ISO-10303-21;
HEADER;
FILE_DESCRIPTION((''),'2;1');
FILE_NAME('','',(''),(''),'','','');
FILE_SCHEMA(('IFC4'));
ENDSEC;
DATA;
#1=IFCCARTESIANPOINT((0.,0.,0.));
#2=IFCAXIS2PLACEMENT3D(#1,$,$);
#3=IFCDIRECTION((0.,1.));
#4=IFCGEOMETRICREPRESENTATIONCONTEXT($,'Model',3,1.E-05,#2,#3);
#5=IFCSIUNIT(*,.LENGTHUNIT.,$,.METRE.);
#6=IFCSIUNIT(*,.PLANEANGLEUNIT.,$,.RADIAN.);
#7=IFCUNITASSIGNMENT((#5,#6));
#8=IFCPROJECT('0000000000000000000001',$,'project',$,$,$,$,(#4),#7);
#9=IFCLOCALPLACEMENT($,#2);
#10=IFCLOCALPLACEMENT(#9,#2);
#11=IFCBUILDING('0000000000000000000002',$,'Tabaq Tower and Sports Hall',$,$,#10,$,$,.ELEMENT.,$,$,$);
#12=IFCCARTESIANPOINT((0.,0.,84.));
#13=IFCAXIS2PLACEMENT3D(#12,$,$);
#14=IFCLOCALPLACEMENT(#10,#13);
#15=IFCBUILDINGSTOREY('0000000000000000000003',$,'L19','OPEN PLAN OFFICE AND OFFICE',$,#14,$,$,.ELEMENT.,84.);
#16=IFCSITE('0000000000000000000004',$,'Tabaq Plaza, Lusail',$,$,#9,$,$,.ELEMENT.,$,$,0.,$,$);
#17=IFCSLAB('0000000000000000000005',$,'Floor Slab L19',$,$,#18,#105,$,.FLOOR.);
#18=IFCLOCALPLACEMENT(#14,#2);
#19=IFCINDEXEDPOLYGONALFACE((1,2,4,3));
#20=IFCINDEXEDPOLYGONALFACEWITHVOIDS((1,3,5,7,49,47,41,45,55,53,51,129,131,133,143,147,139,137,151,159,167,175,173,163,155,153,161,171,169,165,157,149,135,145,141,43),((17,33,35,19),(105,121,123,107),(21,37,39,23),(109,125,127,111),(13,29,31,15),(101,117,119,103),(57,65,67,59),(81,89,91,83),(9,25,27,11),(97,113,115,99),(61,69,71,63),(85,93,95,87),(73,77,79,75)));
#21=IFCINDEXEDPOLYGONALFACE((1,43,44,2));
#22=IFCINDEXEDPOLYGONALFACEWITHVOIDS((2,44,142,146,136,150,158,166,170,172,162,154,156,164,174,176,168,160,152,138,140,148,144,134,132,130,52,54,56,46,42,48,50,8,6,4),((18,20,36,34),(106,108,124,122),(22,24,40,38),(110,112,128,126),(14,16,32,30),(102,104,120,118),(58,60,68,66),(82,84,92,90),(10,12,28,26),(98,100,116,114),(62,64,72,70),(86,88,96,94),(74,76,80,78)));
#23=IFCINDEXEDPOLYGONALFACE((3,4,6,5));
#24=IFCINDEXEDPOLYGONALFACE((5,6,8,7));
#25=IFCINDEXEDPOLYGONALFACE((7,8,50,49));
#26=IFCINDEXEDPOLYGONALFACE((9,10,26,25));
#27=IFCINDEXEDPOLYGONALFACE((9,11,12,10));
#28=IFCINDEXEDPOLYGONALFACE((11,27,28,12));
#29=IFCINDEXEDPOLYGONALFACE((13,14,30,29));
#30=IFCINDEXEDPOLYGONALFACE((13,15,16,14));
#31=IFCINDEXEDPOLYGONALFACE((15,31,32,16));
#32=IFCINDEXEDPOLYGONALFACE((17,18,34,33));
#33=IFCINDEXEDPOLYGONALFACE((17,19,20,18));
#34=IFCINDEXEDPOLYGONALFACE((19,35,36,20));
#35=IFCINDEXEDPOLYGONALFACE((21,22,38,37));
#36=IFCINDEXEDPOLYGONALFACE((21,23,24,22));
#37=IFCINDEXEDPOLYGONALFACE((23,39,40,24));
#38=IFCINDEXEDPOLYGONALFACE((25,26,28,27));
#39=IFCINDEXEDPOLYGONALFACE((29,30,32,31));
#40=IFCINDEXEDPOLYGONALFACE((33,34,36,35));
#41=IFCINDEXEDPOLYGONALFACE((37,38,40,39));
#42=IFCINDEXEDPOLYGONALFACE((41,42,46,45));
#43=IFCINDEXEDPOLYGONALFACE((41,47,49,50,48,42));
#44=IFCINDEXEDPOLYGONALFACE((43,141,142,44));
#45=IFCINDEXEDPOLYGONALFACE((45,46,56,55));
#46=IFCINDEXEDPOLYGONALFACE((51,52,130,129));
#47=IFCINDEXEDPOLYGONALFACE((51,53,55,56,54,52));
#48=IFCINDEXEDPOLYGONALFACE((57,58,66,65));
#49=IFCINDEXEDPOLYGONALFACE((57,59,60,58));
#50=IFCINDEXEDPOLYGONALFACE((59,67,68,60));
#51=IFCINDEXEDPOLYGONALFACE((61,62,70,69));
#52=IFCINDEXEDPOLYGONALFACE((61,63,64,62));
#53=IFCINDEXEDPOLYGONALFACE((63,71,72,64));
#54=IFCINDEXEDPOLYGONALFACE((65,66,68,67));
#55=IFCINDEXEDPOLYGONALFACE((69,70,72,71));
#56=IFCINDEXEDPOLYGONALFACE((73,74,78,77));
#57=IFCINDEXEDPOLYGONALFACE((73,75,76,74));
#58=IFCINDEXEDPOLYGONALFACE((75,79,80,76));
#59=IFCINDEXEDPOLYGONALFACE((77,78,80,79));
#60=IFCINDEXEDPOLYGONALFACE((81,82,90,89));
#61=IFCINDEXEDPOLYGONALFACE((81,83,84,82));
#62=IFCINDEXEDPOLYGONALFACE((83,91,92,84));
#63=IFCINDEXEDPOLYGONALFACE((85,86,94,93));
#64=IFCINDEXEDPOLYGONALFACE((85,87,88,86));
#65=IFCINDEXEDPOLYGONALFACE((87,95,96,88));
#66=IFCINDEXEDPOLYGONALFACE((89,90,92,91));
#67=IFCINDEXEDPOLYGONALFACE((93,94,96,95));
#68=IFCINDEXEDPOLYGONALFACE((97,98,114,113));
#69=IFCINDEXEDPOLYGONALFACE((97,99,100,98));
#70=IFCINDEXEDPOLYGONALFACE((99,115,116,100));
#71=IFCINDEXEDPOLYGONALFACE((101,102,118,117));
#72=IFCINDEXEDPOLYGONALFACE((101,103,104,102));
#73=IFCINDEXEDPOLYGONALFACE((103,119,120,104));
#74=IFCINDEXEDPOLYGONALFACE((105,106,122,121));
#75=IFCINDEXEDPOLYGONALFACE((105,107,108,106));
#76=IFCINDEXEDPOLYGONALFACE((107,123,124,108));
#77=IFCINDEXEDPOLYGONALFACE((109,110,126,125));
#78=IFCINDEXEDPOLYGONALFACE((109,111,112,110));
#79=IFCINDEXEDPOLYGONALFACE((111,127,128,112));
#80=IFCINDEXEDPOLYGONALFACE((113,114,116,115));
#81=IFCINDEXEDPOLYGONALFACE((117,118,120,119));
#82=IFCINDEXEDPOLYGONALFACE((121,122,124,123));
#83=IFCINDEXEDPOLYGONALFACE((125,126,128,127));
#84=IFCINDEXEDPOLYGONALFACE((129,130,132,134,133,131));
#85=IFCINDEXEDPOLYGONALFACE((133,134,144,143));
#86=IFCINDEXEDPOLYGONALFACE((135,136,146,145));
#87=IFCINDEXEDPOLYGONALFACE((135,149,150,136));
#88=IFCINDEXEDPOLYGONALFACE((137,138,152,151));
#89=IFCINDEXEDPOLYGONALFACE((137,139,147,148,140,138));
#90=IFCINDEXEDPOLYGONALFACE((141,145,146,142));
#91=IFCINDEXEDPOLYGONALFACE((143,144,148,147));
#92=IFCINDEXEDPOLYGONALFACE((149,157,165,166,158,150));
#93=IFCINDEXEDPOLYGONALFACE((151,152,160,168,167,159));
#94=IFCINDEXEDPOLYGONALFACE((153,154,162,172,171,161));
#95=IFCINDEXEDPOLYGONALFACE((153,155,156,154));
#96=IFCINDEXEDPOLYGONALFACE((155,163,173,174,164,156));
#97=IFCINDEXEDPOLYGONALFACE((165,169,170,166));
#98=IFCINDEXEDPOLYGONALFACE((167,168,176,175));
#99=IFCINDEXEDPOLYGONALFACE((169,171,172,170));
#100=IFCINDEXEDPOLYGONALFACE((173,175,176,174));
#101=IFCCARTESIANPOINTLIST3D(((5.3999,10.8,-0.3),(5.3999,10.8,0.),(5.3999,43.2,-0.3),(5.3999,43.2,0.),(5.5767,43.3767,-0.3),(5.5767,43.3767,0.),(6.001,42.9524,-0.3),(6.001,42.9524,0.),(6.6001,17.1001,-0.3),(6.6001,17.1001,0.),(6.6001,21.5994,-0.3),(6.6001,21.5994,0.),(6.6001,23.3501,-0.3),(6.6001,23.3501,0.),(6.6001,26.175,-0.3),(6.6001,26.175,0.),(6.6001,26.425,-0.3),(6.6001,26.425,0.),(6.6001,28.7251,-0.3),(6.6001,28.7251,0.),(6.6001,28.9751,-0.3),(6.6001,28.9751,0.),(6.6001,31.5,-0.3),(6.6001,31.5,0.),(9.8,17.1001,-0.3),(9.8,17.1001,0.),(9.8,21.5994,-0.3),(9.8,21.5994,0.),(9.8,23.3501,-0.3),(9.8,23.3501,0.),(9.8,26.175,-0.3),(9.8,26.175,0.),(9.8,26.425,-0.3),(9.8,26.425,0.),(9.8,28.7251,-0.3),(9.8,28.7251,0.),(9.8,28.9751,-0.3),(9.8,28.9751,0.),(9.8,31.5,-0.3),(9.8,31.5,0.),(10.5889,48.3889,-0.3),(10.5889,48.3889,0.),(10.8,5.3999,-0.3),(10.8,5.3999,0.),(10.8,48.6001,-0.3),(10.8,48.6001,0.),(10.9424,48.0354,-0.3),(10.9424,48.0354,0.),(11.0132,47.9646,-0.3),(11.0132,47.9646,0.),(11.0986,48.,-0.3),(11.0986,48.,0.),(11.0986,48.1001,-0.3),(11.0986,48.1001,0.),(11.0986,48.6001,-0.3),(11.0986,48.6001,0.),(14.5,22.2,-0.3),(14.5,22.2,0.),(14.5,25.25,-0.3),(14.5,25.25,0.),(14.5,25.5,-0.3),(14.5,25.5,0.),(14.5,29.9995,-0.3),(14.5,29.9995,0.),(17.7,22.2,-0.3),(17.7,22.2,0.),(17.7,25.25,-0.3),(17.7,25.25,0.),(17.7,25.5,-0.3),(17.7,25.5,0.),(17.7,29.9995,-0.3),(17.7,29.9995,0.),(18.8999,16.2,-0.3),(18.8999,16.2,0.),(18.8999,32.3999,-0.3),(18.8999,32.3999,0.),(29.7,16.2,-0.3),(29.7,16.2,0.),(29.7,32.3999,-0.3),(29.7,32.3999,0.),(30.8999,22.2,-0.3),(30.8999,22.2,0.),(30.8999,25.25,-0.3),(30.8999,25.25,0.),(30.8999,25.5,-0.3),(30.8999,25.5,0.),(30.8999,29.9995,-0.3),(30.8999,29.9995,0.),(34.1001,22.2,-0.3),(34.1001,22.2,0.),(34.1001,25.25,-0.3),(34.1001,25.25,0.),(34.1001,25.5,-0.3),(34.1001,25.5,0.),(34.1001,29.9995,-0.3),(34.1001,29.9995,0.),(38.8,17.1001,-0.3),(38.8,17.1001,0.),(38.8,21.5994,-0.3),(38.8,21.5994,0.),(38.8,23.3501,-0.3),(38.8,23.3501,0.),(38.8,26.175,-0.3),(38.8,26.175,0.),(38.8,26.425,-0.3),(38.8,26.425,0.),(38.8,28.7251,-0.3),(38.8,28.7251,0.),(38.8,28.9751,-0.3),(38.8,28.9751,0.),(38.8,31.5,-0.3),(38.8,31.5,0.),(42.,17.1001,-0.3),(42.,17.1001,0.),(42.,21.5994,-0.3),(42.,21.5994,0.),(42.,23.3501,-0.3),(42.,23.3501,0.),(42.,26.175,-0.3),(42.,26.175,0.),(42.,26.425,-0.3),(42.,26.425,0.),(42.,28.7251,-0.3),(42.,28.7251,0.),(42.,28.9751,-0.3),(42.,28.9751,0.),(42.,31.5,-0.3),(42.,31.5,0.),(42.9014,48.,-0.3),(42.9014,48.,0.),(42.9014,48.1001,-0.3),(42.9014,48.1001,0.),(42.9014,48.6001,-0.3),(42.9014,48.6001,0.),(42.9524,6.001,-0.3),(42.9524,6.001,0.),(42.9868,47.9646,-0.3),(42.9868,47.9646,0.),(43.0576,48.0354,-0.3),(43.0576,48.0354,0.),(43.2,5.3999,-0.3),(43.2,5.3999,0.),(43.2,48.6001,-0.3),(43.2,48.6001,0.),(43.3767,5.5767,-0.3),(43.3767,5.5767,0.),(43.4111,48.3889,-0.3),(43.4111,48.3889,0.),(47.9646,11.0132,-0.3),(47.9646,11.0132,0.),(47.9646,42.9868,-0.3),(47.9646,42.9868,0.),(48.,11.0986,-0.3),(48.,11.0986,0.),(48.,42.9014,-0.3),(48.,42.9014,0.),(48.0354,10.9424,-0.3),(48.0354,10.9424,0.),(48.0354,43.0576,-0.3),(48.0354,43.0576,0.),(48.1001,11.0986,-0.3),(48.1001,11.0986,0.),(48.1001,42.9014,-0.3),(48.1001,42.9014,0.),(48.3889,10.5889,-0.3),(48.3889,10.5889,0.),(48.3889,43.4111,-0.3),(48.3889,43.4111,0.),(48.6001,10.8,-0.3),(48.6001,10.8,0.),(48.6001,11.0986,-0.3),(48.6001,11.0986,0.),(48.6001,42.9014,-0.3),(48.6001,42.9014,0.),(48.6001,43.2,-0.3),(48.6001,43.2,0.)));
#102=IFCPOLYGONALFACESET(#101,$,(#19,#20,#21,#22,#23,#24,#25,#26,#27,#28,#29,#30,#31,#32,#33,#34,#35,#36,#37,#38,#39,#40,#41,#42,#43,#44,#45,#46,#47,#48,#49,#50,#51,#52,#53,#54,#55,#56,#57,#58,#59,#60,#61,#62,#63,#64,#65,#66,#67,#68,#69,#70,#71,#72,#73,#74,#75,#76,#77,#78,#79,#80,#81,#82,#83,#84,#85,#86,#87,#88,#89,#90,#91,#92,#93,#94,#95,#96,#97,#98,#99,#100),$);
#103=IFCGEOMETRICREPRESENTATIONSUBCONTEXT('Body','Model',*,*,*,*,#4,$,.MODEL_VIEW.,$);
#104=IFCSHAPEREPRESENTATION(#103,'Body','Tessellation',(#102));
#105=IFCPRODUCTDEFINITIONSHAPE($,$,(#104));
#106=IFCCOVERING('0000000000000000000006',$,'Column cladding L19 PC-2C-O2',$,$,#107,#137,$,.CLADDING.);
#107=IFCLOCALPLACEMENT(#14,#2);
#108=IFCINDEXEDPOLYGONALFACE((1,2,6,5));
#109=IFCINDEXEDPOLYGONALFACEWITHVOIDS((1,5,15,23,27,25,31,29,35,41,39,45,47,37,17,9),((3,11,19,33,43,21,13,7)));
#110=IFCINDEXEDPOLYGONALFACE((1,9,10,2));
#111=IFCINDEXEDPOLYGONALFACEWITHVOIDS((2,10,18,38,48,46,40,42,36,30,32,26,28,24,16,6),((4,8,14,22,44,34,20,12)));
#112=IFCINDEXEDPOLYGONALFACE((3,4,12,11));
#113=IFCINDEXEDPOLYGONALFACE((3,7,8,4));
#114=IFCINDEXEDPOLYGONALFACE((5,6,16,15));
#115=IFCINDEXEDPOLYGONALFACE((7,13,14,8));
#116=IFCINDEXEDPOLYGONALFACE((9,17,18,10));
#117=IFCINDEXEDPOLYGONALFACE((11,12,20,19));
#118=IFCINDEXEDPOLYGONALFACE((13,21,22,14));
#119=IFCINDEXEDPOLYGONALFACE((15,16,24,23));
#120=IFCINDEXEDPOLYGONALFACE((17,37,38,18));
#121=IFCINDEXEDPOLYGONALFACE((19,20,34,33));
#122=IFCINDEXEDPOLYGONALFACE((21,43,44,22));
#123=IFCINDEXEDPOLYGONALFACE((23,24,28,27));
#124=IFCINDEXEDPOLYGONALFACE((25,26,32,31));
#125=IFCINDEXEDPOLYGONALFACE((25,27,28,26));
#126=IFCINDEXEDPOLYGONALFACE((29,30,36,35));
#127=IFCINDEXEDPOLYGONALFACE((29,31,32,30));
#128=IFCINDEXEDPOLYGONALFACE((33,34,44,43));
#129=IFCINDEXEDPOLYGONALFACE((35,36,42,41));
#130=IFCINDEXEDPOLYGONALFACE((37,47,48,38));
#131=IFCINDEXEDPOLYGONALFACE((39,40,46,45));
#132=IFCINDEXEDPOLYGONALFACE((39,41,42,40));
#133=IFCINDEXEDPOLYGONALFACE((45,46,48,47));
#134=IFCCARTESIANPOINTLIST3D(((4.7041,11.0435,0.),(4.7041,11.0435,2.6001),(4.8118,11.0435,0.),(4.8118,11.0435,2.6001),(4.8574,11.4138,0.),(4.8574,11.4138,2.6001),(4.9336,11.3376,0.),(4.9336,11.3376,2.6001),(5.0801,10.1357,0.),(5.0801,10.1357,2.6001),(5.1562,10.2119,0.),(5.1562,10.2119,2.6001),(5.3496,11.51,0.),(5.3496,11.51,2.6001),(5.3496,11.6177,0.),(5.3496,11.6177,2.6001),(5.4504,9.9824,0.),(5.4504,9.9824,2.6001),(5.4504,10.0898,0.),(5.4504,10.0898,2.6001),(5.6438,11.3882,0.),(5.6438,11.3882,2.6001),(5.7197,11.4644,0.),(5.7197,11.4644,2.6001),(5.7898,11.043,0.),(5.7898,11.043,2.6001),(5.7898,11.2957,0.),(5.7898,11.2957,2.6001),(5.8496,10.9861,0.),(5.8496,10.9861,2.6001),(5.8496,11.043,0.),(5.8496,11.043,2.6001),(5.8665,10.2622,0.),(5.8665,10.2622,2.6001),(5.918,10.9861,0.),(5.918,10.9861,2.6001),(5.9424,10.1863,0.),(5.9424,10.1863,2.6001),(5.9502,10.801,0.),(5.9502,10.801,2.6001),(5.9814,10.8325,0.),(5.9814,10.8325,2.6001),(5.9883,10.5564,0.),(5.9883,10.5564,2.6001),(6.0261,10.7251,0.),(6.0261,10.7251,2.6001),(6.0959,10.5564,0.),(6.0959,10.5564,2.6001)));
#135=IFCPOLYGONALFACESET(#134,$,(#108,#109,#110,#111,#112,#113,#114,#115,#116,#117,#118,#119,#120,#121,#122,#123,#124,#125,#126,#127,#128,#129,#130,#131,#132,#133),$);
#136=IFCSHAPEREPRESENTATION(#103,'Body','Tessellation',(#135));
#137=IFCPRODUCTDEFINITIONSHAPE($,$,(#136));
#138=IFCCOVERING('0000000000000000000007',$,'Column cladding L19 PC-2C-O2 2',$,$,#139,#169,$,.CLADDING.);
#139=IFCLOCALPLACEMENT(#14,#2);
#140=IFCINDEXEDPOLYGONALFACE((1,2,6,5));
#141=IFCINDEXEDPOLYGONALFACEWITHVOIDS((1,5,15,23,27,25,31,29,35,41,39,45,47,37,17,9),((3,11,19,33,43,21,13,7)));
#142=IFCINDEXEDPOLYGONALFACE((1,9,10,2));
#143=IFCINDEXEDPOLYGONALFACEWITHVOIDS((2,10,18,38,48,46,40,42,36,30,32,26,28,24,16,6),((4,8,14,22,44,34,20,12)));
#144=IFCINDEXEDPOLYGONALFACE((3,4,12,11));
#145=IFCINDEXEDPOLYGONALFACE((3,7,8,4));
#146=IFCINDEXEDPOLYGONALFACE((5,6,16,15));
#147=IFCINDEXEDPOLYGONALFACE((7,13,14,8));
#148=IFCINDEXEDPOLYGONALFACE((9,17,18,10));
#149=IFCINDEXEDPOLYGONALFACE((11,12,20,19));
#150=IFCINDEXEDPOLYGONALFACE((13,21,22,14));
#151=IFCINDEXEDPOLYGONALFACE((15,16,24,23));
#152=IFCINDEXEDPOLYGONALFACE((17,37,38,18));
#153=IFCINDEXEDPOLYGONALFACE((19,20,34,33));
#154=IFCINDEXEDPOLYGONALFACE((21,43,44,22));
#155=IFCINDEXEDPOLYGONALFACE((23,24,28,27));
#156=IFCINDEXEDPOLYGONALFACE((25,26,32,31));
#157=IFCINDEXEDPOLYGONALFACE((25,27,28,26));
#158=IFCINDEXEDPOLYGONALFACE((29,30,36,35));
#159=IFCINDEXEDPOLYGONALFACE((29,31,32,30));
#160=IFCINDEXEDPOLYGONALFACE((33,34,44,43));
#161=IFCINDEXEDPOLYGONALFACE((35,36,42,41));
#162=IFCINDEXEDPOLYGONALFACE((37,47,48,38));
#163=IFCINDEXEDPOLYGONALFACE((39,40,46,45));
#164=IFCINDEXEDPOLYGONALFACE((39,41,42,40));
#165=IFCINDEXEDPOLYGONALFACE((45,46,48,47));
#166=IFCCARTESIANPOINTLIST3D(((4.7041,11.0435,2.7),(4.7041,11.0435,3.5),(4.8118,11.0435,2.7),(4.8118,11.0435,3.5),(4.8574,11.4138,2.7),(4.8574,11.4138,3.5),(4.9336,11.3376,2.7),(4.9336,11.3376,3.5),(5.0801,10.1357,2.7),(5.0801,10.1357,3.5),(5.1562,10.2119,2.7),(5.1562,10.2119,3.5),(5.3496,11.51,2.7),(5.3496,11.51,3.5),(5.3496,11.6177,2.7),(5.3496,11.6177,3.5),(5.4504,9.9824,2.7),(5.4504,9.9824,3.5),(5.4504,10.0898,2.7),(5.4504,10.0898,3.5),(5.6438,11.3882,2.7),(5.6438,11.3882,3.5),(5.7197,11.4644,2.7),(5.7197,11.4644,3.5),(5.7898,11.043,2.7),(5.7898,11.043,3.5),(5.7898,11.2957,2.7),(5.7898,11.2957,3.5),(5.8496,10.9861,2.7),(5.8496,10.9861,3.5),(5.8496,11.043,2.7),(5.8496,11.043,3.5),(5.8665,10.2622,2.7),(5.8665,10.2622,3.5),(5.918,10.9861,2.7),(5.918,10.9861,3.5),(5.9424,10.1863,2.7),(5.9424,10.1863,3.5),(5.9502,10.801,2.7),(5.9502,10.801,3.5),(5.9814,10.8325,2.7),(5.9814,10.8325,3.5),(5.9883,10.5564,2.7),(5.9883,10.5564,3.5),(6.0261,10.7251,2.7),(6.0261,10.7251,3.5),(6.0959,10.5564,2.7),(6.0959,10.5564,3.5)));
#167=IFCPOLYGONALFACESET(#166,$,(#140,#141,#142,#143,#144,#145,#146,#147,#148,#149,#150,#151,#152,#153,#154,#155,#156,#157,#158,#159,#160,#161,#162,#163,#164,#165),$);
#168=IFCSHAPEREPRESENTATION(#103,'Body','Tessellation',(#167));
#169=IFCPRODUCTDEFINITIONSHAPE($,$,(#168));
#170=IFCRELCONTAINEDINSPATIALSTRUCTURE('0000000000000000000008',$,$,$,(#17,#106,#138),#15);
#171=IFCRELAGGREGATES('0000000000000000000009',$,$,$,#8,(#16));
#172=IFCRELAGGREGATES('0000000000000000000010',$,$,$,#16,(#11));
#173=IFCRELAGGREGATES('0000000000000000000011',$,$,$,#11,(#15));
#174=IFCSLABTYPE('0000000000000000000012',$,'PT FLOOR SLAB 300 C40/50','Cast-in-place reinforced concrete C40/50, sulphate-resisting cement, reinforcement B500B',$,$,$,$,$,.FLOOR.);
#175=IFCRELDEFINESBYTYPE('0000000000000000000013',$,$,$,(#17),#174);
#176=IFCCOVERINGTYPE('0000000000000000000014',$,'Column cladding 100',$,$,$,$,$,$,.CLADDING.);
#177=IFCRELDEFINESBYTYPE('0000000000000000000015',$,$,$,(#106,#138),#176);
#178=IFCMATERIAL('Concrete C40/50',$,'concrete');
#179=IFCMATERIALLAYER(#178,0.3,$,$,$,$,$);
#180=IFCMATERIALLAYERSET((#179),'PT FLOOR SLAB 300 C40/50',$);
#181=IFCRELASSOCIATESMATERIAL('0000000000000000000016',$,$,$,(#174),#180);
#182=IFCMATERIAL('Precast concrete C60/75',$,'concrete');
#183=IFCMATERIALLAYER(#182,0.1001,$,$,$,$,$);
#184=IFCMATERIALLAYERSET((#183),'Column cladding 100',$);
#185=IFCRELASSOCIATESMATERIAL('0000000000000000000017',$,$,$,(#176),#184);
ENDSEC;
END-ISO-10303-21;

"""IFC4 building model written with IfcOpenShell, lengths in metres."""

from ifc_helpers import new_model, si_unit, direction, frame, origin, place, context, subcontext, project, spatial, polyline, outline, extrude, material, layer, layer_set, type_object, element, save


model = new_model("IFC4")

# Units and contexts
model_context = context("Model", 3, precision=1e-05, world=origin(), true_north=direction((0.0, 1.0)))
body_context = subcontext(model_context, "Body", "Model", "MODEL_VIEW")
ifc_project = project(units=[si_unit("LENGTHUNIT", "METRE"), si_unit("PLANEANGLEUNIT", "RADIAN")], contexts=[model_context])

# Site, building, storey
site_placement = place(None, origin())
site = spatial("IfcSite", under=ifc_project, at=site_placement, Name="Tabaq Plaza, Lusail", CompositionType="ELEMENT", RefElevation=0.0)
building_placement = place(site_placement, origin())
building = spatial("IfcBuilding", under=site, at=building_placement, Name="Tabaq Tower and Sports Hall", CompositionType="ELEMENT")
storey_placement = place(building_placement, frame((0.0, 0.0, 84.0)))
storey = spatial("IfcBuildingStorey", under=building, at=storey_placement, Name="L19", Description="OPEN PLAN OFFICE AND OFFICE", CompositionType="ELEMENT", Elevation=84.0)

# Slab
ifc_material_1 = material(Name="Concrete C40/50", Category="concrete")
ifc_layer_1 = layer(ifc_material_1, 0.3)
ifc_layer_set_1 = layer_set([ifc_layer_1], Name="PT FLOOR SLAB 300 C40/50")
slab_type = type_object("IfcSlabType", Name="PT FLOOR SLAB 300 C40/50", Description="Cast-in-place reinforced concrete C40/50, sulphate-resisting cement, reinforcement B500B", PredefinedType="FLOOR", material=ifc_layer_set_1)
slab_placement = place(storey_placement, frame((0.0, 0.0, -0.3)))
element("IfcSlab", 1, at=slab_placement, inside=storey, type_object=slab_type, Name="Floor Slab L19", PredefinedType="FLOOR", context=body_context, shape_type="SweptSolid", body=[
    extrude(outline(polyline([(5.3999, 43.2), (5.3999, 10.8), (10.8, 5.3999), (43.2, 5.3999), (43.3767, 5.5767), (42.9524, 6.001), (47.9646, 11.0132), (48.0354, 10.9424), (48.3889, 10.5889), (48.6001, 10.8), (48.6001, 11.0986), (48.1001, 11.0986), (48.0, 11.0986), (48.0, 42.9014), (48.1001, 42.9014), (48.6001, 42.9014), (48.6001, 43.2), (48.3889, 43.4111), (48.0354, 43.0576), (47.9646, 42.9868), (42.9868, 47.9646), (43.0576, 48.0354), (43.4111, 48.3889), (43.2, 48.6001), (42.9014, 48.6001), (42.9014, 48.1001), (42.9014, 48.0), (11.0986, 48.0), (11.0986, 48.1001), (11.0986, 48.6001), (10.8, 48.6001), (10.5889, 48.3889), (10.9424, 48.0354), (11.0132, 47.9646), (6.001, 42.9524), (5.5767, 43.3767), (5.3999, 43.2)]), holes=[polyline([(6.6001, 21.5994), (9.8, 21.5994), (9.8, 17.1001), (6.6001, 17.1001), (6.6001, 21.5994)]), polyline([(17.7, 25.25), (17.7, 22.2), (14.5, 22.2), (14.5, 25.25), (17.7, 25.25)]), polyline([(18.8999, 32.3999), (29.7, 32.3999), (29.7, 16.2), (18.8999, 16.2), (18.8999, 32.3999)]), polyline([(6.6001, 26.175), (9.8, 26.175), (9.8, 23.3501), (6.6001, 23.3501), (6.6001, 26.175)]), polyline([(9.8, 28.7251), (9.8, 26.425), (6.6001, 26.425), (6.6001, 28.7251), (9.8, 28.7251)]), polyline([(17.7, 29.9995), (17.7, 25.5), (14.5, 25.5), (14.5, 29.9995), (17.7, 29.9995)]), polyline([(6.6001, 31.5), (9.8, 31.5), (9.8, 28.9751), (6.6001, 28.9751), (6.6001, 31.5)]), polyline([(42.0, 21.5994), (42.0, 17.1001), (38.8, 17.1001), (38.8, 21.5994), (42.0, 21.5994)]), polyline([(34.1001, 25.25), (34.1001, 22.2), (30.8999, 22.2), (30.8999, 25.25), (34.1001, 25.25)]), polyline([(42.0, 26.175), (42.0, 23.3501), (38.8, 23.3501), (38.8, 26.175), (42.0, 26.175)]), polyline([(42.0, 28.7251), (42.0, 26.425), (38.8, 26.425), (38.8, 28.7251), (42.0, 28.7251)]), polyline([(34.1001, 29.9995), (34.1001, 25.5), (30.8999, 25.5), (30.8999, 29.9995), (34.1001, 29.9995)]), polyline([(42.0, 31.5), (42.0, 28.9751), (38.8, 28.9751), (38.8, 31.5), (42.0, 31.5)])]), origin(), (0.0, 0.0, 1.0), 0.3),
])

# Coverings
ifc_material_2 = material(Name="Precast concrete C60/75", Category="concrete")
ifc_layer_2 = layer(ifc_material_2, 0.1001)
ifc_layer_set_2 = layer_set([ifc_layer_2], Name="Column cladding 100")
covering_type = type_object("IfcCoveringType", Name="Column cladding 100", PredefinedType="CLADDING", material=ifc_layer_set_2)
covering_1_placement = place(storey_placement, origin())
element("IfcCovering", 2, at=covering_1_placement, inside=storey, type_object=covering_type, Name="Column cladding L19 PC-2C-O2", PredefinedType="CLADDING", context=body_context, shape_type="SweptSolid", body=[
    extrude(outline(polyline([(5.4504, 9.9824), (5.0801, 10.1357), (4.7041, 11.0435), (4.8574, 11.4138), (5.3496, 11.6177), (5.7197, 11.4644), (5.7898, 11.2957), (5.7898, 11.043), (5.8496, 11.043), (5.8496, 10.9861), (5.918, 10.9861), (5.9814, 10.8325), (5.9502, 10.801), (6.0261, 10.7251), (6.0959, 10.5564), (5.9424, 10.1863), (5.4504, 9.9824)]), holes=[polyline([(5.3496, 11.51), (4.9336, 11.3376), (4.8118, 11.0435), (5.1562, 10.2119), (5.4504, 10.0898), (5.8665, 10.2622), (5.9883, 10.5564), (5.6438, 11.3882), (5.3496, 11.51)])]), origin(), (0.0, 0.0, 1.0), 2.6001),
])
covering_2_placement = place(storey_placement, frame((0.0, 0.0, 2.7)))
element("IfcCovering", 3, at=covering_2_placement, inside=storey, type_object=covering_type, Name="Column cladding L19 PC-2C-O2 2", PredefinedType="CLADDING", context=body_context, shape_type="SweptSolid", body=[
    extrude(outline(polyline([(5.4504, 9.9824), (5.0801, 10.1357), (4.7041, 11.0435), (4.8574, 11.4138), (5.3496, 11.6177), (5.7197, 11.4644), (5.7898, 11.2957), (5.7898, 11.043), (5.8496, 11.043), (5.8496, 10.9861), (5.918, 10.9861), (5.9814, 10.8325), (5.9502, 10.801), (6.0261, 10.7251), (6.0959, 10.5564), (5.9424, 10.1863), (5.4504, 9.9824)]), holes=[polyline([(5.3496, 11.51), (4.9336, 11.3376), (4.8118, 11.0435), (5.1562, 10.2119), (5.4504, 10.0898), (5.8665, 10.2622), (5.9883, 10.5564), (5.6438, 11.3882), (5.3496, 11.51)])]), origin(), (0.0, 0.0, 1.0), 0.8),
])

save(model, "model.ifc")
